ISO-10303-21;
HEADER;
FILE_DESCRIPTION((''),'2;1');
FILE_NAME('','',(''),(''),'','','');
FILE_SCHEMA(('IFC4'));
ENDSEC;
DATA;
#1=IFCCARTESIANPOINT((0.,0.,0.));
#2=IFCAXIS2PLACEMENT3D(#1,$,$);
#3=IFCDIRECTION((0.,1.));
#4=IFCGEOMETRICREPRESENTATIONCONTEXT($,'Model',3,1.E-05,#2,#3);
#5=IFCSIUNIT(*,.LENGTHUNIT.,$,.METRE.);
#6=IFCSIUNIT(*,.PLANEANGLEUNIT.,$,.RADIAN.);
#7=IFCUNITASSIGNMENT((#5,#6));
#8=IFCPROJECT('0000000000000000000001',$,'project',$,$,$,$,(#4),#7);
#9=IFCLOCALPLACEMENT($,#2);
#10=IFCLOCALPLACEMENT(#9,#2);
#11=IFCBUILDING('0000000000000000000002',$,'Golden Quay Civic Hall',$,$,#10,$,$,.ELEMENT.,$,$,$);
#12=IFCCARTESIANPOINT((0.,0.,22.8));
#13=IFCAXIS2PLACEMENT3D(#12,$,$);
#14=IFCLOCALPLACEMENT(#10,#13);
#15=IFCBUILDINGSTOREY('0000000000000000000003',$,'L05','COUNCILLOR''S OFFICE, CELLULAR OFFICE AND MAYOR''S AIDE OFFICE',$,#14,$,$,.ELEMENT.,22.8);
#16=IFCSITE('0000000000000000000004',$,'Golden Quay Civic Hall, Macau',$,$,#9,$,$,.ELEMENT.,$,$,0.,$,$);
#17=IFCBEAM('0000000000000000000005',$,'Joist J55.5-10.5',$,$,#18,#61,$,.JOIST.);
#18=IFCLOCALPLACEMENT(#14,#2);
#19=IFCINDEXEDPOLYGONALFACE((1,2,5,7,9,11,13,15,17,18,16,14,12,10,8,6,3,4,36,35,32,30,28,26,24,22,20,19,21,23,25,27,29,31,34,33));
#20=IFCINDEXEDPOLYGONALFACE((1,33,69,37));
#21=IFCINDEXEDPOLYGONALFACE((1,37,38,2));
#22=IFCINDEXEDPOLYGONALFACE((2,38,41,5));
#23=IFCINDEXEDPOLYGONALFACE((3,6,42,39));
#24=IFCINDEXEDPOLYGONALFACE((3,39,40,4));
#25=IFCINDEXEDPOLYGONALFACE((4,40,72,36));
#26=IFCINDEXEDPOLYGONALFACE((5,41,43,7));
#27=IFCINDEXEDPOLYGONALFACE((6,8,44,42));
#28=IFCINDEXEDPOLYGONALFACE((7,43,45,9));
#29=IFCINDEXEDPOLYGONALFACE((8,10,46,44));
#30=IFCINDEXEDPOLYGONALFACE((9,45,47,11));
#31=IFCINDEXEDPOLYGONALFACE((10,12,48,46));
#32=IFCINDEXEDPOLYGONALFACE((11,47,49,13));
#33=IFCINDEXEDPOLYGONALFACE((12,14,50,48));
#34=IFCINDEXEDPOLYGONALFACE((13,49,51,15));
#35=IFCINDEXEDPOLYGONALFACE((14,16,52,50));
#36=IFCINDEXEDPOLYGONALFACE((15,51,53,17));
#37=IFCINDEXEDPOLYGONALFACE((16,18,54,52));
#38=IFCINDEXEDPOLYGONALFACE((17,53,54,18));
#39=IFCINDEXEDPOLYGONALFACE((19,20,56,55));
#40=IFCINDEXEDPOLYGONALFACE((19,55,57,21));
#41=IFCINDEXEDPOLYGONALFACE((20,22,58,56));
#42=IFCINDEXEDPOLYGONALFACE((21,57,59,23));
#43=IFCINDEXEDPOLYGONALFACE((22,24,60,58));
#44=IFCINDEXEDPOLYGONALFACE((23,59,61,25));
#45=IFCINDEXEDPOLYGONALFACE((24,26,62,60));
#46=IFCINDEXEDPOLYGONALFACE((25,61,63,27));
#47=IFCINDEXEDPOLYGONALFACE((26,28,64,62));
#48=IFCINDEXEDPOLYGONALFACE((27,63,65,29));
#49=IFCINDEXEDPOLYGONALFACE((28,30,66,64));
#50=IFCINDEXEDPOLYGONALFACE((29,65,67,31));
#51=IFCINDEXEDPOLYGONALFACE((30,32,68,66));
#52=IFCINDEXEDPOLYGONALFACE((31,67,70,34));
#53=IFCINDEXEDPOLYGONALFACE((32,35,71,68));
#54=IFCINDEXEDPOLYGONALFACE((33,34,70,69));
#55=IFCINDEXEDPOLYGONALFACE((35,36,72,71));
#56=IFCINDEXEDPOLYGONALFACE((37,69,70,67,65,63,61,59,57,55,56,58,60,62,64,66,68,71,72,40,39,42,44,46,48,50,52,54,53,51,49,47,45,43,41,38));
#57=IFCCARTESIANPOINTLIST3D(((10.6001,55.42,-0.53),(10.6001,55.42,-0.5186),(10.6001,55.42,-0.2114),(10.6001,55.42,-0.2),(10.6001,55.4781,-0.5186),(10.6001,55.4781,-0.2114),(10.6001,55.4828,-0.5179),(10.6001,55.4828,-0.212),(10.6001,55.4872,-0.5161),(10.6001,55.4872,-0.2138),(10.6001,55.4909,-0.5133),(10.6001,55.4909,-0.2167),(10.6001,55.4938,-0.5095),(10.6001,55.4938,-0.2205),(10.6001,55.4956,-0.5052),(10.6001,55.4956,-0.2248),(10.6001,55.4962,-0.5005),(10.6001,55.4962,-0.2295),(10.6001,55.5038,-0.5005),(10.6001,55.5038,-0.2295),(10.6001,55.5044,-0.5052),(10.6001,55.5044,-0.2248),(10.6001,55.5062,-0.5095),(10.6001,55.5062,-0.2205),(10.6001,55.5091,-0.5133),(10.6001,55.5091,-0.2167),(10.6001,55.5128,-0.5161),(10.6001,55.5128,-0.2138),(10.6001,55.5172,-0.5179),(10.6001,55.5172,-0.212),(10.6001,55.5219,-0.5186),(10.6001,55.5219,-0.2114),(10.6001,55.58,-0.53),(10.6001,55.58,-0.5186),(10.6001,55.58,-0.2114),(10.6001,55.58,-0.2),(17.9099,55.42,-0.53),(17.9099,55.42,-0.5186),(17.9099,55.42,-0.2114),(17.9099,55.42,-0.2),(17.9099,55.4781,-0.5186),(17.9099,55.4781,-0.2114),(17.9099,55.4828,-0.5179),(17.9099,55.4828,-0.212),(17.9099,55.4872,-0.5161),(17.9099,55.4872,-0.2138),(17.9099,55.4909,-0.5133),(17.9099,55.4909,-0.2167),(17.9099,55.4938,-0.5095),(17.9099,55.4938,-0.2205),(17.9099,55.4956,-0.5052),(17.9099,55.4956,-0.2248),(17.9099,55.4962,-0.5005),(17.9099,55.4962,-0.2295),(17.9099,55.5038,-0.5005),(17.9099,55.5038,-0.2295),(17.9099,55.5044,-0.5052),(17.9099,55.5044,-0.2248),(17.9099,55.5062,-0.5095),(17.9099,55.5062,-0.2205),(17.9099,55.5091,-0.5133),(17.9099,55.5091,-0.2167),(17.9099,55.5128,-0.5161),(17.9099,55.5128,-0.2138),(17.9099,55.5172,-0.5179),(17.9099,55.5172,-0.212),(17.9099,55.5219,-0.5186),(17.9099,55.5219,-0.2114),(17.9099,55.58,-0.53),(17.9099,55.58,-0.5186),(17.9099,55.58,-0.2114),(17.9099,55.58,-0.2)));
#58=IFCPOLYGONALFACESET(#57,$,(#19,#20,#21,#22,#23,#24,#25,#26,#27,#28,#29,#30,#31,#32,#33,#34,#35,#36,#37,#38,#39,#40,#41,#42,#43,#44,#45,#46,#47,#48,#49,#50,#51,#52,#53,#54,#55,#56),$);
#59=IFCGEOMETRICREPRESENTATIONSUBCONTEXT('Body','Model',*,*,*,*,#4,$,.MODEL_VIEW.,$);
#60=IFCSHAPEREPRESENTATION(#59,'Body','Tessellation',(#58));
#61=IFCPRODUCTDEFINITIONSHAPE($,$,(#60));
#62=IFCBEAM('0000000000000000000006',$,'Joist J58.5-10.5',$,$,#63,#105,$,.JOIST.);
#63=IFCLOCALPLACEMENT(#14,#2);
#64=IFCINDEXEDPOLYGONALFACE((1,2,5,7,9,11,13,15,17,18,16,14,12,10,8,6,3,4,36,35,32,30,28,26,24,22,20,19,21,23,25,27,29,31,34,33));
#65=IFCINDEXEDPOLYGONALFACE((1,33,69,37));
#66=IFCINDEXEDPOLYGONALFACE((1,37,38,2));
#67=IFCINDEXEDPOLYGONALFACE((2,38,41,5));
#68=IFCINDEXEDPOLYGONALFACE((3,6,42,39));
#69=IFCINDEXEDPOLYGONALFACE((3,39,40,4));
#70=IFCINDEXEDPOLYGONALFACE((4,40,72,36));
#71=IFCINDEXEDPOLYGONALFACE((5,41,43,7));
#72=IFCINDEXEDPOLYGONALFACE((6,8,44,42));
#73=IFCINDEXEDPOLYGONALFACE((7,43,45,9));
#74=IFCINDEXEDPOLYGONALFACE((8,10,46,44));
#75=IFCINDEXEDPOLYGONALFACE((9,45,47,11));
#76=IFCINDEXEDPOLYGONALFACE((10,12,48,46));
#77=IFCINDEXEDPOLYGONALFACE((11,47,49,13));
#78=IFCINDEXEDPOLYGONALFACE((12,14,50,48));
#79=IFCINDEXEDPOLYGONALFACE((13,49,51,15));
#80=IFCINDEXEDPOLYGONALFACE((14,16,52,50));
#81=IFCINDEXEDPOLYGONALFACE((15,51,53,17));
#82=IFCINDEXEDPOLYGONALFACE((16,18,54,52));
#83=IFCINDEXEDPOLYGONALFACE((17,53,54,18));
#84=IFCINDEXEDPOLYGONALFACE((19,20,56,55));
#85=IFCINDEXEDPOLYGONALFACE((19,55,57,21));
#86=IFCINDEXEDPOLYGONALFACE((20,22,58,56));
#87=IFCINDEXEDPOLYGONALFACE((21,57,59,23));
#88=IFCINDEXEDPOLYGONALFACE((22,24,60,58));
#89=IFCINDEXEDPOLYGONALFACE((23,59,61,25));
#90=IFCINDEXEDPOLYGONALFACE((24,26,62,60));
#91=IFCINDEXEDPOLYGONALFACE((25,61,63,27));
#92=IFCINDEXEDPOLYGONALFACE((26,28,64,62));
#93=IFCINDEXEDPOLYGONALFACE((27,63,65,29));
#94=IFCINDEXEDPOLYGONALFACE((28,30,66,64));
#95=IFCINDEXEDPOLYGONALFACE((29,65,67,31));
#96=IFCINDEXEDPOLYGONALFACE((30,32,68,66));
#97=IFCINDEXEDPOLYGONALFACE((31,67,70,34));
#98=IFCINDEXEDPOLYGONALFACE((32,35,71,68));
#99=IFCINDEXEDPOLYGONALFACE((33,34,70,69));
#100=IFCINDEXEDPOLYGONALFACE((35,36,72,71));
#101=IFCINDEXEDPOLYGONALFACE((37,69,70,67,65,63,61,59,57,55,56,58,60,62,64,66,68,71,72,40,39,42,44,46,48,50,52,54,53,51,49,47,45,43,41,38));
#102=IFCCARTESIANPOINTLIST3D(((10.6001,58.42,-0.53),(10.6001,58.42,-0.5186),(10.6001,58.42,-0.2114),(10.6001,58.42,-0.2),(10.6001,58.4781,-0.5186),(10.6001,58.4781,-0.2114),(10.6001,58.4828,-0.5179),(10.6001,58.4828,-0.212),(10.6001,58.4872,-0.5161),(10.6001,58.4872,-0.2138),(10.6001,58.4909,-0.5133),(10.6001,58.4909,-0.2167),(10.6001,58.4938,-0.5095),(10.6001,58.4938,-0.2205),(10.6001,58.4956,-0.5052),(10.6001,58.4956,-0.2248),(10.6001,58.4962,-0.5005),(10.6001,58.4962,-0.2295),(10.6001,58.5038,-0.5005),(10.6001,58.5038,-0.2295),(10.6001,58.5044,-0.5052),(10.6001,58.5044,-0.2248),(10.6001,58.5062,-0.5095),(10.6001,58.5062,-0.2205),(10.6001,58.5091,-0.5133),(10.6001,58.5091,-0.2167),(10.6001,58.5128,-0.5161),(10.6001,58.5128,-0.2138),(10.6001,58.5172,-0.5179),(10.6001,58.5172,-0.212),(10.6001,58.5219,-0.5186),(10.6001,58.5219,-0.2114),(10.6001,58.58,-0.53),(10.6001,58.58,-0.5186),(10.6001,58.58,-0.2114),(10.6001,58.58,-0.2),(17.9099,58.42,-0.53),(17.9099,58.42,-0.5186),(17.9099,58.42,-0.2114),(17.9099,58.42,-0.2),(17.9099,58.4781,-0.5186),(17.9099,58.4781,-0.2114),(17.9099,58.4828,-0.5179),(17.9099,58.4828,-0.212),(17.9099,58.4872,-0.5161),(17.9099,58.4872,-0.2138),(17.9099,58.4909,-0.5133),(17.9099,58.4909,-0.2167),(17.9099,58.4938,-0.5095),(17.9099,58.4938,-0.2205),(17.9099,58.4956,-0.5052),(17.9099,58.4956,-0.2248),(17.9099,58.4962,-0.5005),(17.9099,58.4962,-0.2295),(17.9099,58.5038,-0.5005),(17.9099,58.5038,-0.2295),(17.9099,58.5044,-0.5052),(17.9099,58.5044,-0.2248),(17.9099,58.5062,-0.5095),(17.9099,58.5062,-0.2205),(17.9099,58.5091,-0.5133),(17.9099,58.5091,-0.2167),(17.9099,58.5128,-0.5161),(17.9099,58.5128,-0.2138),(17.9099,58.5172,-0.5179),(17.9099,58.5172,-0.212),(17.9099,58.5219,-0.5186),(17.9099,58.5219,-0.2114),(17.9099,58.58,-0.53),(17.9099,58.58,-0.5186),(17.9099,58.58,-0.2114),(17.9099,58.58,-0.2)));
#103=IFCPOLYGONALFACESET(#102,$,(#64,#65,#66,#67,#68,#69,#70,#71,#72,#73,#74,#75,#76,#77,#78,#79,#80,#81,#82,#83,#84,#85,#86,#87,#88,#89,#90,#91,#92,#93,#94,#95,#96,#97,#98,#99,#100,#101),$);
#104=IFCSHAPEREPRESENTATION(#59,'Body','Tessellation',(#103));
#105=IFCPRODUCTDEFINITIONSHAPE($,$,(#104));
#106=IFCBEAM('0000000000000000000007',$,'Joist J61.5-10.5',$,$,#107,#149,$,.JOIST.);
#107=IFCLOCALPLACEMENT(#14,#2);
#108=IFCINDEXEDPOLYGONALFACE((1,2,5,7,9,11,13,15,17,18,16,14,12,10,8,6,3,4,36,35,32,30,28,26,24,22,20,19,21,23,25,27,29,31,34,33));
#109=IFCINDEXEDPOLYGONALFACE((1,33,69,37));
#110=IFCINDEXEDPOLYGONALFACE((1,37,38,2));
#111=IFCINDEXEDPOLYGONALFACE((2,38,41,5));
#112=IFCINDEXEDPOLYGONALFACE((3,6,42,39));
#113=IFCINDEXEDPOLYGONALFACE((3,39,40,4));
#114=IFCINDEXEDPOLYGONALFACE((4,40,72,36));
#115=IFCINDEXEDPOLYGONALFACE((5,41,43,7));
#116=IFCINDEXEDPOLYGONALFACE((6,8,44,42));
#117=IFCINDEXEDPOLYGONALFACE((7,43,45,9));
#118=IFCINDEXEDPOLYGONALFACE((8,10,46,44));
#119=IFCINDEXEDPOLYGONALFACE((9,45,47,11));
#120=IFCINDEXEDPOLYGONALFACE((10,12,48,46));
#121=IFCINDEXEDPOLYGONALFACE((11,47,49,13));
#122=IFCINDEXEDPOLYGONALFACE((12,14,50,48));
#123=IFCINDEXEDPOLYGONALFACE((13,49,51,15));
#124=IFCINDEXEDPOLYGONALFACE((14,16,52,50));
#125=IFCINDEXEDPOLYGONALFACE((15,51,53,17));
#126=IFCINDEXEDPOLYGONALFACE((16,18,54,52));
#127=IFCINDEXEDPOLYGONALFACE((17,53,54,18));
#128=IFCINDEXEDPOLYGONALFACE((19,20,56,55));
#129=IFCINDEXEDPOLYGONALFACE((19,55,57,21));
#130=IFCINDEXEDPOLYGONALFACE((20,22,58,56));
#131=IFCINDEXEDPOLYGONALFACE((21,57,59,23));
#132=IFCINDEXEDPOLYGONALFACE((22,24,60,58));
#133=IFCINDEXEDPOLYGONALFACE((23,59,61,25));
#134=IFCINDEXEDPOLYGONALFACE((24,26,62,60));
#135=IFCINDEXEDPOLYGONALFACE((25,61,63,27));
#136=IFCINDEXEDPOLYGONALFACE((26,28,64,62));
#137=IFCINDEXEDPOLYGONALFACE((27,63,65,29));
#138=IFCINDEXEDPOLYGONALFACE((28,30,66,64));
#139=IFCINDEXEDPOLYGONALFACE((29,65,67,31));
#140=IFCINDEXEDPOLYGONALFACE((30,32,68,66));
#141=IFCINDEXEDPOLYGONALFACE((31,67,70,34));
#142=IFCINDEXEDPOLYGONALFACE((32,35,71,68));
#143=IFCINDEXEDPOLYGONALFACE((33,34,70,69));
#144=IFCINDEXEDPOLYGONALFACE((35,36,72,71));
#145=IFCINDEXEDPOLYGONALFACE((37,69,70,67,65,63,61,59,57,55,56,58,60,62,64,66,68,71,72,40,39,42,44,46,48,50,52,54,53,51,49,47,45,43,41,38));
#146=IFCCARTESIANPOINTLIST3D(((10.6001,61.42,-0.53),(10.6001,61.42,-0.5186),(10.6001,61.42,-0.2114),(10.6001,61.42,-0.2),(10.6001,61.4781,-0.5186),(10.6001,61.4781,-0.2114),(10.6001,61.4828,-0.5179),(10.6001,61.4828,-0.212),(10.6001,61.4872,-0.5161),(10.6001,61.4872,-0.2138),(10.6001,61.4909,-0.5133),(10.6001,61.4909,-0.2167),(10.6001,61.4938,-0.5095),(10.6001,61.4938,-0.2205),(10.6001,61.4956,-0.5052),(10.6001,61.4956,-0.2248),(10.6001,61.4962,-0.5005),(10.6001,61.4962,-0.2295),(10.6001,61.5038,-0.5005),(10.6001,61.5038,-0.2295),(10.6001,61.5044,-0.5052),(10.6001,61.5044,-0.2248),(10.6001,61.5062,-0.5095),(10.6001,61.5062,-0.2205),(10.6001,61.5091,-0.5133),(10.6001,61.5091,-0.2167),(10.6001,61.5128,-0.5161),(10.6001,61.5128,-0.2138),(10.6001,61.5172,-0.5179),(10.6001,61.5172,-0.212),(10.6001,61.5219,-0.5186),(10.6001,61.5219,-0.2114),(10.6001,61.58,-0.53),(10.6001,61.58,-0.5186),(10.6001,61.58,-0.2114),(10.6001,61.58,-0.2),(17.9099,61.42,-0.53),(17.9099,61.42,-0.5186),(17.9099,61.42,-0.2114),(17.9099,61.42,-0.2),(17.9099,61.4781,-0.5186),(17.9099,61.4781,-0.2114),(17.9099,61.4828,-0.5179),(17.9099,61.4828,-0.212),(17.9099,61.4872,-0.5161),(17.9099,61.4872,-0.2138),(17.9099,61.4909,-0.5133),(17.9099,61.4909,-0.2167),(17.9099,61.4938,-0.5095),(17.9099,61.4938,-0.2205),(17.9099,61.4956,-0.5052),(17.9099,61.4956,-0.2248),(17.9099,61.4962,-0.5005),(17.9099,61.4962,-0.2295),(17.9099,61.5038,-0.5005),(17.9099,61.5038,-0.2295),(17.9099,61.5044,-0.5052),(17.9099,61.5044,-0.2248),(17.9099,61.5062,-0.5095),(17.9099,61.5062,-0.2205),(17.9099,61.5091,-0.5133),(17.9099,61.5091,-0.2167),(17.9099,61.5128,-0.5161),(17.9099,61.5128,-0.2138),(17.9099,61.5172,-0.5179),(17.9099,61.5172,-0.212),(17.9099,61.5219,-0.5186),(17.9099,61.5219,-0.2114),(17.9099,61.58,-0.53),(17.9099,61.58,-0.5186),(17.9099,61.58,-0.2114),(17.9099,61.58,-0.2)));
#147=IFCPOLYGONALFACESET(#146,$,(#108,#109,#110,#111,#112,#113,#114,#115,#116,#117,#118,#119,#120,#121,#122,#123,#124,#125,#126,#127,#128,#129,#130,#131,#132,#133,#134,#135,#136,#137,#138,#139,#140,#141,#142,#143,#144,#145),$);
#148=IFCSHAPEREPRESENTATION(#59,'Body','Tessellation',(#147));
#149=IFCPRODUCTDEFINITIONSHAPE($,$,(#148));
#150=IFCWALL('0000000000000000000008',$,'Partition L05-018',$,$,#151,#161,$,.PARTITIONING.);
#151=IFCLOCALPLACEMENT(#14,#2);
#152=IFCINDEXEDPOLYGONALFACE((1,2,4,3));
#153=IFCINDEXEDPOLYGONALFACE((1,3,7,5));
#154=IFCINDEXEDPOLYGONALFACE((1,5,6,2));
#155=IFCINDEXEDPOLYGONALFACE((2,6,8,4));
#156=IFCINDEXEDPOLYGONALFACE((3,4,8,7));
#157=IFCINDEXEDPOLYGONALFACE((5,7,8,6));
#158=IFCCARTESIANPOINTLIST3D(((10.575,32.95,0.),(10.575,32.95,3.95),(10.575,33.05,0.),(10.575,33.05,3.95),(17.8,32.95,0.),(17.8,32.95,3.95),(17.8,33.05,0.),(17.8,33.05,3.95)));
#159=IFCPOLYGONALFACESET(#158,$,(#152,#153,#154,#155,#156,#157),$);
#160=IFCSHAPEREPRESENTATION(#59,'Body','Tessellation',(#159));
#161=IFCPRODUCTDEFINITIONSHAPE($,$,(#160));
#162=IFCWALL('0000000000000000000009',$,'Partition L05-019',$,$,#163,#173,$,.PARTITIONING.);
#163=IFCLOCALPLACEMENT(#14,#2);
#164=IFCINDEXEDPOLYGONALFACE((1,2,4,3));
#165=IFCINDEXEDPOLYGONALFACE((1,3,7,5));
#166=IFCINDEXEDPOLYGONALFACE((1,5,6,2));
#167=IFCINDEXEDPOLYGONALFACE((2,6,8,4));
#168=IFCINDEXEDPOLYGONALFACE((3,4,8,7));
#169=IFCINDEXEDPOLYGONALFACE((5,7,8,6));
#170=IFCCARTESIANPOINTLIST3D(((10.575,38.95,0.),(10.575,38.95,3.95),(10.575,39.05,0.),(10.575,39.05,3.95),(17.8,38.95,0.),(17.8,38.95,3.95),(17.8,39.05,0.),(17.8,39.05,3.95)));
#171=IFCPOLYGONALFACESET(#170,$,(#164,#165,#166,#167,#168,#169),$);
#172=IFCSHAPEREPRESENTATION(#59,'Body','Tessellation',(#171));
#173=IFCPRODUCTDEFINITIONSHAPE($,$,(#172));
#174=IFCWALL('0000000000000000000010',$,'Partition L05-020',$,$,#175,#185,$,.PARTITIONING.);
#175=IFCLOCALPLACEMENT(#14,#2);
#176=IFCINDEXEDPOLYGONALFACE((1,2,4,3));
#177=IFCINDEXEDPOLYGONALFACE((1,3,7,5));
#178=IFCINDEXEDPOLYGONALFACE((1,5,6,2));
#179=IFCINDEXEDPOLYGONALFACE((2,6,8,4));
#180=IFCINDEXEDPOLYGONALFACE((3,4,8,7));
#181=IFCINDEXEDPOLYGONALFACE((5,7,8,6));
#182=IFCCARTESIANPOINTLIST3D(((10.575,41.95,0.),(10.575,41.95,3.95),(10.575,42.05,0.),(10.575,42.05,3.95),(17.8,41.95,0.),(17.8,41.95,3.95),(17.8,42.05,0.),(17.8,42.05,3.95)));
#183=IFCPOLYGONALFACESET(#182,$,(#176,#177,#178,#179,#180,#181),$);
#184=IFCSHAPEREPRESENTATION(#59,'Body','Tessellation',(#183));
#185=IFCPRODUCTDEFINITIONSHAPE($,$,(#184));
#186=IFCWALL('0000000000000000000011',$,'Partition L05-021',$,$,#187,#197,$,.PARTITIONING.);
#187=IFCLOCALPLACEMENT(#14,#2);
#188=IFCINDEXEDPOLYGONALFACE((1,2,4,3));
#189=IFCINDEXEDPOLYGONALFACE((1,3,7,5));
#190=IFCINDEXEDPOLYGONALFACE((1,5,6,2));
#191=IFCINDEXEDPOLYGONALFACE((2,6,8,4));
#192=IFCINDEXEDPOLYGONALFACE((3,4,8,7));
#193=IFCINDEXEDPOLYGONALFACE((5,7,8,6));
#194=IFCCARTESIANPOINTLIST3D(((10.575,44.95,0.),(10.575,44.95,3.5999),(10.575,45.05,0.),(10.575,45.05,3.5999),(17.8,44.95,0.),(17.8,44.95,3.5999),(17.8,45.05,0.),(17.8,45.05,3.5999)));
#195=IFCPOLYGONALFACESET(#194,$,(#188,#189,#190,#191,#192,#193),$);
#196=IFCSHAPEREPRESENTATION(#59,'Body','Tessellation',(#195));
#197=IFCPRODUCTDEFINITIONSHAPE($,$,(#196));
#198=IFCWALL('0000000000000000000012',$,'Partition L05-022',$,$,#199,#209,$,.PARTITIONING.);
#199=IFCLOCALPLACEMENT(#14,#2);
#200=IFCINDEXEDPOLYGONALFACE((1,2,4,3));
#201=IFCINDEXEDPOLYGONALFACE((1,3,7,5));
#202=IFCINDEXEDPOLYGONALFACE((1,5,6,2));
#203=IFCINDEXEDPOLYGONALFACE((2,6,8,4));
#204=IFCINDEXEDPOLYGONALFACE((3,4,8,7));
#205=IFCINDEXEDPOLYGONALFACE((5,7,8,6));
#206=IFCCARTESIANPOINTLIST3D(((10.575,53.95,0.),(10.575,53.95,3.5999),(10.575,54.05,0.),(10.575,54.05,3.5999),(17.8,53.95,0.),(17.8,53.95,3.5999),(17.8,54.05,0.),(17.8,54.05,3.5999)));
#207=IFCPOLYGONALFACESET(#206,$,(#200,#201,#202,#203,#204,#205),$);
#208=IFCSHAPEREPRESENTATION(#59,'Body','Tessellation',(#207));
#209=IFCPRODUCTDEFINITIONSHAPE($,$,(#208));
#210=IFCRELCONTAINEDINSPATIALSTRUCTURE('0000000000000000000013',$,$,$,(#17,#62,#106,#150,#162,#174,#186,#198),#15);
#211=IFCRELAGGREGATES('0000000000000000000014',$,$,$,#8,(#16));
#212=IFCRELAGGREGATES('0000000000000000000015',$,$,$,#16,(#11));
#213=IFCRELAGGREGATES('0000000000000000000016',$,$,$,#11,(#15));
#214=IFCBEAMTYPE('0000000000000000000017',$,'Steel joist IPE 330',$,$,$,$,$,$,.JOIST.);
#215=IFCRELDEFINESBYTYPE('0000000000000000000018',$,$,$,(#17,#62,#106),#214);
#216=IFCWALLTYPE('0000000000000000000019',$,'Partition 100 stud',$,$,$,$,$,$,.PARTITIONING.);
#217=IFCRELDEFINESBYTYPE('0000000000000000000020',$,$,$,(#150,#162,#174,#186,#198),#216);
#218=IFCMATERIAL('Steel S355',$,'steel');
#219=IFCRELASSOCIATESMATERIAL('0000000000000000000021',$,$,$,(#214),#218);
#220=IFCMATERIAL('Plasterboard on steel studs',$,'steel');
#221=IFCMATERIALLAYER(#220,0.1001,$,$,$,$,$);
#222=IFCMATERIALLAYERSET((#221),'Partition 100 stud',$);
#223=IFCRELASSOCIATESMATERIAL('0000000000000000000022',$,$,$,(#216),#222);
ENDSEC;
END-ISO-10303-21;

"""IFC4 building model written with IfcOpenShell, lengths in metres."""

from ifc_helpers import new_model, si_unit, direction, frame, frame_2d, origin, origin_2d, place, context, subcontext, project, spatial, rectangle, i_section, extrude, material, layer, layer_set, material_profile, profile_set, type_object, element, save


model = new_model("IFC4")

# Units and contexts
model_context = context("Model", 3, precision=1e-05, world=origin(), true_north=direction((0.0, 1.0)))
body_context = subcontext(model_context, "Body", "Model", "MODEL_VIEW")
ifc_project = project(units=[si_unit("LENGTHUNIT", "METRE"), si_unit("PLANEANGLEUNIT", "RADIAN")], contexts=[model_context])

# Site, building, storey
site_placement = place(None, origin())
site = spatial("IfcSite", under=ifc_project, at=site_placement, Name="Golden Quay Civic Hall, Macau", CompositionType="ELEMENT", RefElevation=0.0)
building_placement = place(site_placement, origin())
building = spatial("IfcBuilding", under=site, at=building_placement, Name="Golden Quay Civic Hall", CompositionType="ELEMENT")
storey_placement = place(building_placement, frame((0.0, 0.0, 22.8)))
storey = spatial("IfcBuildingStorey", under=building, at=storey_placement, Name="L05", Description="COUNCILLOR'S OFFICE, CELLULAR OFFICE AND MAYOR'S AIDE OFFICE", CompositionType="ELEMENT", Elevation=22.8)

# Beams
ifc_material_1 = material(Name="Steel S355", Category="steel")
ifc_material_profile_1 = material_profile(ifc_material_1, i_section(OverallWidth=0.1599, OverallDepth=0.3301, WebThickness=0.0076, FlangeThickness=0.0115, FilletRadius=0.0181, at=origin_2d()), Name="IPE 330")
ifc_profile_set_1 = profile_set([ifc_material_profile_1], Name="Steel S355")
beam_type_1 = type_object("IfcBeamType", Name="Steel joist IPE 330", PredefinedType="JOIST", material=ifc_profile_set_1)
for number, where, z_axis, x_axis, name in (
    (1, (10.6001, 55.5, -0.365), (1.0, 0.0, 0.0), (0.0, 1.0, 0.0), "Joist J55.5-10.5"),
    (2, (10.6001, 58.5, -0.365), (1.0, 0.0, 0.0), (0.0, 1.0, 0.0), "Joist J58.5-10.5"),
    (3, (10.6001, 61.5, -0.365), (1.0, 0.0, 0.0), (0.0, 1.0, 0.0), "Joist J61.5-10.5"),
):
    element("IfcBeam", number, at=place(storey_placement, frame(where, z_axis=z_axis, x_axis=x_axis)), inside=storey, type_object=beam_type_1, Name=name, PredefinedType="JOIST", context=body_context, shape_type="SweptSolid", body=[
        extrude(i_section(OverallWidth=0.1599, OverallDepth=0.3301, WebThickness=0.0076, FlangeThickness=0.0115, FilletRadius=0.0181, at=origin_2d()), origin(), (0.0, 0.0, 1.0), 7.3098),
    ])

# Walls
ifc_material_2 = material(Name="Plasterboard on steel studs", Category="steel")
ifc_layer = layer(ifc_material_2, 0.1001)
ifc_layer_set = layer_set([ifc_layer], Name="Partition 100 stud")
wall_type = type_object("IfcWallType", Name="Partition 100 stud", PredefinedType="PARTITIONING", material=ifc_layer_set)
for number, where, z_axis, x_axis, name in (
    (4, (10.575, 33.0, 0.0), (0.0, 0.0, 1.0), (1.0, 0.0, 0.0), "Partition L05-018"),
    (5, (10.575, 39.0, 0.0), (0.0, 0.0, 1.0), (1.0, 0.0, 0.0), "Partition L05-019"),
    (6, (10.575, 42.0, 0.0), (0.0, 0.0, 1.0), (1.0, 0.0, 0.0), "Partition L05-020"),
):
    element("IfcWall", number, at=place(storey_placement, frame(where, z_axis=z_axis, x_axis=x_axis)), inside=storey, type_object=wall_type, Name=name, PredefinedType="PARTITIONING", context=body_context, shape_type="SweptSolid", body=[
        extrude(rectangle(XDim=7.2251, YDim=0.1001, at=frame_2d((3.6125, 0.0))), origin(), (0.0, 0.0, 1.0), 3.95),
    ])
for number, where, z_axis, x_axis, name in (
    (7, (10.575, 45.0, 0.0), (0.0, 0.0, 1.0), (1.0, 0.0, 0.0), "Partition L05-021"),
    (8, (10.575, 54.0, 0.0), (0.0, 0.0, 1.0), (1.0, 0.0, 0.0), "Partition L05-022"),
):
    element("IfcWall", number, at=place(storey_placement, frame(where, z_axis=z_axis, x_axis=x_axis)), inside=storey, type_object=wall_type, Name=name, PredefinedType="PARTITIONING", context=body_context, shape_type="SweptSolid", body=[
        extrude(rectangle(XDim=7.2251, YDim=0.1001, at=frame_2d((3.6125, 0.0))), origin(), (0.0, 0.0, 1.0), 3.5999),
    ])

save(model, "model.ifc")
